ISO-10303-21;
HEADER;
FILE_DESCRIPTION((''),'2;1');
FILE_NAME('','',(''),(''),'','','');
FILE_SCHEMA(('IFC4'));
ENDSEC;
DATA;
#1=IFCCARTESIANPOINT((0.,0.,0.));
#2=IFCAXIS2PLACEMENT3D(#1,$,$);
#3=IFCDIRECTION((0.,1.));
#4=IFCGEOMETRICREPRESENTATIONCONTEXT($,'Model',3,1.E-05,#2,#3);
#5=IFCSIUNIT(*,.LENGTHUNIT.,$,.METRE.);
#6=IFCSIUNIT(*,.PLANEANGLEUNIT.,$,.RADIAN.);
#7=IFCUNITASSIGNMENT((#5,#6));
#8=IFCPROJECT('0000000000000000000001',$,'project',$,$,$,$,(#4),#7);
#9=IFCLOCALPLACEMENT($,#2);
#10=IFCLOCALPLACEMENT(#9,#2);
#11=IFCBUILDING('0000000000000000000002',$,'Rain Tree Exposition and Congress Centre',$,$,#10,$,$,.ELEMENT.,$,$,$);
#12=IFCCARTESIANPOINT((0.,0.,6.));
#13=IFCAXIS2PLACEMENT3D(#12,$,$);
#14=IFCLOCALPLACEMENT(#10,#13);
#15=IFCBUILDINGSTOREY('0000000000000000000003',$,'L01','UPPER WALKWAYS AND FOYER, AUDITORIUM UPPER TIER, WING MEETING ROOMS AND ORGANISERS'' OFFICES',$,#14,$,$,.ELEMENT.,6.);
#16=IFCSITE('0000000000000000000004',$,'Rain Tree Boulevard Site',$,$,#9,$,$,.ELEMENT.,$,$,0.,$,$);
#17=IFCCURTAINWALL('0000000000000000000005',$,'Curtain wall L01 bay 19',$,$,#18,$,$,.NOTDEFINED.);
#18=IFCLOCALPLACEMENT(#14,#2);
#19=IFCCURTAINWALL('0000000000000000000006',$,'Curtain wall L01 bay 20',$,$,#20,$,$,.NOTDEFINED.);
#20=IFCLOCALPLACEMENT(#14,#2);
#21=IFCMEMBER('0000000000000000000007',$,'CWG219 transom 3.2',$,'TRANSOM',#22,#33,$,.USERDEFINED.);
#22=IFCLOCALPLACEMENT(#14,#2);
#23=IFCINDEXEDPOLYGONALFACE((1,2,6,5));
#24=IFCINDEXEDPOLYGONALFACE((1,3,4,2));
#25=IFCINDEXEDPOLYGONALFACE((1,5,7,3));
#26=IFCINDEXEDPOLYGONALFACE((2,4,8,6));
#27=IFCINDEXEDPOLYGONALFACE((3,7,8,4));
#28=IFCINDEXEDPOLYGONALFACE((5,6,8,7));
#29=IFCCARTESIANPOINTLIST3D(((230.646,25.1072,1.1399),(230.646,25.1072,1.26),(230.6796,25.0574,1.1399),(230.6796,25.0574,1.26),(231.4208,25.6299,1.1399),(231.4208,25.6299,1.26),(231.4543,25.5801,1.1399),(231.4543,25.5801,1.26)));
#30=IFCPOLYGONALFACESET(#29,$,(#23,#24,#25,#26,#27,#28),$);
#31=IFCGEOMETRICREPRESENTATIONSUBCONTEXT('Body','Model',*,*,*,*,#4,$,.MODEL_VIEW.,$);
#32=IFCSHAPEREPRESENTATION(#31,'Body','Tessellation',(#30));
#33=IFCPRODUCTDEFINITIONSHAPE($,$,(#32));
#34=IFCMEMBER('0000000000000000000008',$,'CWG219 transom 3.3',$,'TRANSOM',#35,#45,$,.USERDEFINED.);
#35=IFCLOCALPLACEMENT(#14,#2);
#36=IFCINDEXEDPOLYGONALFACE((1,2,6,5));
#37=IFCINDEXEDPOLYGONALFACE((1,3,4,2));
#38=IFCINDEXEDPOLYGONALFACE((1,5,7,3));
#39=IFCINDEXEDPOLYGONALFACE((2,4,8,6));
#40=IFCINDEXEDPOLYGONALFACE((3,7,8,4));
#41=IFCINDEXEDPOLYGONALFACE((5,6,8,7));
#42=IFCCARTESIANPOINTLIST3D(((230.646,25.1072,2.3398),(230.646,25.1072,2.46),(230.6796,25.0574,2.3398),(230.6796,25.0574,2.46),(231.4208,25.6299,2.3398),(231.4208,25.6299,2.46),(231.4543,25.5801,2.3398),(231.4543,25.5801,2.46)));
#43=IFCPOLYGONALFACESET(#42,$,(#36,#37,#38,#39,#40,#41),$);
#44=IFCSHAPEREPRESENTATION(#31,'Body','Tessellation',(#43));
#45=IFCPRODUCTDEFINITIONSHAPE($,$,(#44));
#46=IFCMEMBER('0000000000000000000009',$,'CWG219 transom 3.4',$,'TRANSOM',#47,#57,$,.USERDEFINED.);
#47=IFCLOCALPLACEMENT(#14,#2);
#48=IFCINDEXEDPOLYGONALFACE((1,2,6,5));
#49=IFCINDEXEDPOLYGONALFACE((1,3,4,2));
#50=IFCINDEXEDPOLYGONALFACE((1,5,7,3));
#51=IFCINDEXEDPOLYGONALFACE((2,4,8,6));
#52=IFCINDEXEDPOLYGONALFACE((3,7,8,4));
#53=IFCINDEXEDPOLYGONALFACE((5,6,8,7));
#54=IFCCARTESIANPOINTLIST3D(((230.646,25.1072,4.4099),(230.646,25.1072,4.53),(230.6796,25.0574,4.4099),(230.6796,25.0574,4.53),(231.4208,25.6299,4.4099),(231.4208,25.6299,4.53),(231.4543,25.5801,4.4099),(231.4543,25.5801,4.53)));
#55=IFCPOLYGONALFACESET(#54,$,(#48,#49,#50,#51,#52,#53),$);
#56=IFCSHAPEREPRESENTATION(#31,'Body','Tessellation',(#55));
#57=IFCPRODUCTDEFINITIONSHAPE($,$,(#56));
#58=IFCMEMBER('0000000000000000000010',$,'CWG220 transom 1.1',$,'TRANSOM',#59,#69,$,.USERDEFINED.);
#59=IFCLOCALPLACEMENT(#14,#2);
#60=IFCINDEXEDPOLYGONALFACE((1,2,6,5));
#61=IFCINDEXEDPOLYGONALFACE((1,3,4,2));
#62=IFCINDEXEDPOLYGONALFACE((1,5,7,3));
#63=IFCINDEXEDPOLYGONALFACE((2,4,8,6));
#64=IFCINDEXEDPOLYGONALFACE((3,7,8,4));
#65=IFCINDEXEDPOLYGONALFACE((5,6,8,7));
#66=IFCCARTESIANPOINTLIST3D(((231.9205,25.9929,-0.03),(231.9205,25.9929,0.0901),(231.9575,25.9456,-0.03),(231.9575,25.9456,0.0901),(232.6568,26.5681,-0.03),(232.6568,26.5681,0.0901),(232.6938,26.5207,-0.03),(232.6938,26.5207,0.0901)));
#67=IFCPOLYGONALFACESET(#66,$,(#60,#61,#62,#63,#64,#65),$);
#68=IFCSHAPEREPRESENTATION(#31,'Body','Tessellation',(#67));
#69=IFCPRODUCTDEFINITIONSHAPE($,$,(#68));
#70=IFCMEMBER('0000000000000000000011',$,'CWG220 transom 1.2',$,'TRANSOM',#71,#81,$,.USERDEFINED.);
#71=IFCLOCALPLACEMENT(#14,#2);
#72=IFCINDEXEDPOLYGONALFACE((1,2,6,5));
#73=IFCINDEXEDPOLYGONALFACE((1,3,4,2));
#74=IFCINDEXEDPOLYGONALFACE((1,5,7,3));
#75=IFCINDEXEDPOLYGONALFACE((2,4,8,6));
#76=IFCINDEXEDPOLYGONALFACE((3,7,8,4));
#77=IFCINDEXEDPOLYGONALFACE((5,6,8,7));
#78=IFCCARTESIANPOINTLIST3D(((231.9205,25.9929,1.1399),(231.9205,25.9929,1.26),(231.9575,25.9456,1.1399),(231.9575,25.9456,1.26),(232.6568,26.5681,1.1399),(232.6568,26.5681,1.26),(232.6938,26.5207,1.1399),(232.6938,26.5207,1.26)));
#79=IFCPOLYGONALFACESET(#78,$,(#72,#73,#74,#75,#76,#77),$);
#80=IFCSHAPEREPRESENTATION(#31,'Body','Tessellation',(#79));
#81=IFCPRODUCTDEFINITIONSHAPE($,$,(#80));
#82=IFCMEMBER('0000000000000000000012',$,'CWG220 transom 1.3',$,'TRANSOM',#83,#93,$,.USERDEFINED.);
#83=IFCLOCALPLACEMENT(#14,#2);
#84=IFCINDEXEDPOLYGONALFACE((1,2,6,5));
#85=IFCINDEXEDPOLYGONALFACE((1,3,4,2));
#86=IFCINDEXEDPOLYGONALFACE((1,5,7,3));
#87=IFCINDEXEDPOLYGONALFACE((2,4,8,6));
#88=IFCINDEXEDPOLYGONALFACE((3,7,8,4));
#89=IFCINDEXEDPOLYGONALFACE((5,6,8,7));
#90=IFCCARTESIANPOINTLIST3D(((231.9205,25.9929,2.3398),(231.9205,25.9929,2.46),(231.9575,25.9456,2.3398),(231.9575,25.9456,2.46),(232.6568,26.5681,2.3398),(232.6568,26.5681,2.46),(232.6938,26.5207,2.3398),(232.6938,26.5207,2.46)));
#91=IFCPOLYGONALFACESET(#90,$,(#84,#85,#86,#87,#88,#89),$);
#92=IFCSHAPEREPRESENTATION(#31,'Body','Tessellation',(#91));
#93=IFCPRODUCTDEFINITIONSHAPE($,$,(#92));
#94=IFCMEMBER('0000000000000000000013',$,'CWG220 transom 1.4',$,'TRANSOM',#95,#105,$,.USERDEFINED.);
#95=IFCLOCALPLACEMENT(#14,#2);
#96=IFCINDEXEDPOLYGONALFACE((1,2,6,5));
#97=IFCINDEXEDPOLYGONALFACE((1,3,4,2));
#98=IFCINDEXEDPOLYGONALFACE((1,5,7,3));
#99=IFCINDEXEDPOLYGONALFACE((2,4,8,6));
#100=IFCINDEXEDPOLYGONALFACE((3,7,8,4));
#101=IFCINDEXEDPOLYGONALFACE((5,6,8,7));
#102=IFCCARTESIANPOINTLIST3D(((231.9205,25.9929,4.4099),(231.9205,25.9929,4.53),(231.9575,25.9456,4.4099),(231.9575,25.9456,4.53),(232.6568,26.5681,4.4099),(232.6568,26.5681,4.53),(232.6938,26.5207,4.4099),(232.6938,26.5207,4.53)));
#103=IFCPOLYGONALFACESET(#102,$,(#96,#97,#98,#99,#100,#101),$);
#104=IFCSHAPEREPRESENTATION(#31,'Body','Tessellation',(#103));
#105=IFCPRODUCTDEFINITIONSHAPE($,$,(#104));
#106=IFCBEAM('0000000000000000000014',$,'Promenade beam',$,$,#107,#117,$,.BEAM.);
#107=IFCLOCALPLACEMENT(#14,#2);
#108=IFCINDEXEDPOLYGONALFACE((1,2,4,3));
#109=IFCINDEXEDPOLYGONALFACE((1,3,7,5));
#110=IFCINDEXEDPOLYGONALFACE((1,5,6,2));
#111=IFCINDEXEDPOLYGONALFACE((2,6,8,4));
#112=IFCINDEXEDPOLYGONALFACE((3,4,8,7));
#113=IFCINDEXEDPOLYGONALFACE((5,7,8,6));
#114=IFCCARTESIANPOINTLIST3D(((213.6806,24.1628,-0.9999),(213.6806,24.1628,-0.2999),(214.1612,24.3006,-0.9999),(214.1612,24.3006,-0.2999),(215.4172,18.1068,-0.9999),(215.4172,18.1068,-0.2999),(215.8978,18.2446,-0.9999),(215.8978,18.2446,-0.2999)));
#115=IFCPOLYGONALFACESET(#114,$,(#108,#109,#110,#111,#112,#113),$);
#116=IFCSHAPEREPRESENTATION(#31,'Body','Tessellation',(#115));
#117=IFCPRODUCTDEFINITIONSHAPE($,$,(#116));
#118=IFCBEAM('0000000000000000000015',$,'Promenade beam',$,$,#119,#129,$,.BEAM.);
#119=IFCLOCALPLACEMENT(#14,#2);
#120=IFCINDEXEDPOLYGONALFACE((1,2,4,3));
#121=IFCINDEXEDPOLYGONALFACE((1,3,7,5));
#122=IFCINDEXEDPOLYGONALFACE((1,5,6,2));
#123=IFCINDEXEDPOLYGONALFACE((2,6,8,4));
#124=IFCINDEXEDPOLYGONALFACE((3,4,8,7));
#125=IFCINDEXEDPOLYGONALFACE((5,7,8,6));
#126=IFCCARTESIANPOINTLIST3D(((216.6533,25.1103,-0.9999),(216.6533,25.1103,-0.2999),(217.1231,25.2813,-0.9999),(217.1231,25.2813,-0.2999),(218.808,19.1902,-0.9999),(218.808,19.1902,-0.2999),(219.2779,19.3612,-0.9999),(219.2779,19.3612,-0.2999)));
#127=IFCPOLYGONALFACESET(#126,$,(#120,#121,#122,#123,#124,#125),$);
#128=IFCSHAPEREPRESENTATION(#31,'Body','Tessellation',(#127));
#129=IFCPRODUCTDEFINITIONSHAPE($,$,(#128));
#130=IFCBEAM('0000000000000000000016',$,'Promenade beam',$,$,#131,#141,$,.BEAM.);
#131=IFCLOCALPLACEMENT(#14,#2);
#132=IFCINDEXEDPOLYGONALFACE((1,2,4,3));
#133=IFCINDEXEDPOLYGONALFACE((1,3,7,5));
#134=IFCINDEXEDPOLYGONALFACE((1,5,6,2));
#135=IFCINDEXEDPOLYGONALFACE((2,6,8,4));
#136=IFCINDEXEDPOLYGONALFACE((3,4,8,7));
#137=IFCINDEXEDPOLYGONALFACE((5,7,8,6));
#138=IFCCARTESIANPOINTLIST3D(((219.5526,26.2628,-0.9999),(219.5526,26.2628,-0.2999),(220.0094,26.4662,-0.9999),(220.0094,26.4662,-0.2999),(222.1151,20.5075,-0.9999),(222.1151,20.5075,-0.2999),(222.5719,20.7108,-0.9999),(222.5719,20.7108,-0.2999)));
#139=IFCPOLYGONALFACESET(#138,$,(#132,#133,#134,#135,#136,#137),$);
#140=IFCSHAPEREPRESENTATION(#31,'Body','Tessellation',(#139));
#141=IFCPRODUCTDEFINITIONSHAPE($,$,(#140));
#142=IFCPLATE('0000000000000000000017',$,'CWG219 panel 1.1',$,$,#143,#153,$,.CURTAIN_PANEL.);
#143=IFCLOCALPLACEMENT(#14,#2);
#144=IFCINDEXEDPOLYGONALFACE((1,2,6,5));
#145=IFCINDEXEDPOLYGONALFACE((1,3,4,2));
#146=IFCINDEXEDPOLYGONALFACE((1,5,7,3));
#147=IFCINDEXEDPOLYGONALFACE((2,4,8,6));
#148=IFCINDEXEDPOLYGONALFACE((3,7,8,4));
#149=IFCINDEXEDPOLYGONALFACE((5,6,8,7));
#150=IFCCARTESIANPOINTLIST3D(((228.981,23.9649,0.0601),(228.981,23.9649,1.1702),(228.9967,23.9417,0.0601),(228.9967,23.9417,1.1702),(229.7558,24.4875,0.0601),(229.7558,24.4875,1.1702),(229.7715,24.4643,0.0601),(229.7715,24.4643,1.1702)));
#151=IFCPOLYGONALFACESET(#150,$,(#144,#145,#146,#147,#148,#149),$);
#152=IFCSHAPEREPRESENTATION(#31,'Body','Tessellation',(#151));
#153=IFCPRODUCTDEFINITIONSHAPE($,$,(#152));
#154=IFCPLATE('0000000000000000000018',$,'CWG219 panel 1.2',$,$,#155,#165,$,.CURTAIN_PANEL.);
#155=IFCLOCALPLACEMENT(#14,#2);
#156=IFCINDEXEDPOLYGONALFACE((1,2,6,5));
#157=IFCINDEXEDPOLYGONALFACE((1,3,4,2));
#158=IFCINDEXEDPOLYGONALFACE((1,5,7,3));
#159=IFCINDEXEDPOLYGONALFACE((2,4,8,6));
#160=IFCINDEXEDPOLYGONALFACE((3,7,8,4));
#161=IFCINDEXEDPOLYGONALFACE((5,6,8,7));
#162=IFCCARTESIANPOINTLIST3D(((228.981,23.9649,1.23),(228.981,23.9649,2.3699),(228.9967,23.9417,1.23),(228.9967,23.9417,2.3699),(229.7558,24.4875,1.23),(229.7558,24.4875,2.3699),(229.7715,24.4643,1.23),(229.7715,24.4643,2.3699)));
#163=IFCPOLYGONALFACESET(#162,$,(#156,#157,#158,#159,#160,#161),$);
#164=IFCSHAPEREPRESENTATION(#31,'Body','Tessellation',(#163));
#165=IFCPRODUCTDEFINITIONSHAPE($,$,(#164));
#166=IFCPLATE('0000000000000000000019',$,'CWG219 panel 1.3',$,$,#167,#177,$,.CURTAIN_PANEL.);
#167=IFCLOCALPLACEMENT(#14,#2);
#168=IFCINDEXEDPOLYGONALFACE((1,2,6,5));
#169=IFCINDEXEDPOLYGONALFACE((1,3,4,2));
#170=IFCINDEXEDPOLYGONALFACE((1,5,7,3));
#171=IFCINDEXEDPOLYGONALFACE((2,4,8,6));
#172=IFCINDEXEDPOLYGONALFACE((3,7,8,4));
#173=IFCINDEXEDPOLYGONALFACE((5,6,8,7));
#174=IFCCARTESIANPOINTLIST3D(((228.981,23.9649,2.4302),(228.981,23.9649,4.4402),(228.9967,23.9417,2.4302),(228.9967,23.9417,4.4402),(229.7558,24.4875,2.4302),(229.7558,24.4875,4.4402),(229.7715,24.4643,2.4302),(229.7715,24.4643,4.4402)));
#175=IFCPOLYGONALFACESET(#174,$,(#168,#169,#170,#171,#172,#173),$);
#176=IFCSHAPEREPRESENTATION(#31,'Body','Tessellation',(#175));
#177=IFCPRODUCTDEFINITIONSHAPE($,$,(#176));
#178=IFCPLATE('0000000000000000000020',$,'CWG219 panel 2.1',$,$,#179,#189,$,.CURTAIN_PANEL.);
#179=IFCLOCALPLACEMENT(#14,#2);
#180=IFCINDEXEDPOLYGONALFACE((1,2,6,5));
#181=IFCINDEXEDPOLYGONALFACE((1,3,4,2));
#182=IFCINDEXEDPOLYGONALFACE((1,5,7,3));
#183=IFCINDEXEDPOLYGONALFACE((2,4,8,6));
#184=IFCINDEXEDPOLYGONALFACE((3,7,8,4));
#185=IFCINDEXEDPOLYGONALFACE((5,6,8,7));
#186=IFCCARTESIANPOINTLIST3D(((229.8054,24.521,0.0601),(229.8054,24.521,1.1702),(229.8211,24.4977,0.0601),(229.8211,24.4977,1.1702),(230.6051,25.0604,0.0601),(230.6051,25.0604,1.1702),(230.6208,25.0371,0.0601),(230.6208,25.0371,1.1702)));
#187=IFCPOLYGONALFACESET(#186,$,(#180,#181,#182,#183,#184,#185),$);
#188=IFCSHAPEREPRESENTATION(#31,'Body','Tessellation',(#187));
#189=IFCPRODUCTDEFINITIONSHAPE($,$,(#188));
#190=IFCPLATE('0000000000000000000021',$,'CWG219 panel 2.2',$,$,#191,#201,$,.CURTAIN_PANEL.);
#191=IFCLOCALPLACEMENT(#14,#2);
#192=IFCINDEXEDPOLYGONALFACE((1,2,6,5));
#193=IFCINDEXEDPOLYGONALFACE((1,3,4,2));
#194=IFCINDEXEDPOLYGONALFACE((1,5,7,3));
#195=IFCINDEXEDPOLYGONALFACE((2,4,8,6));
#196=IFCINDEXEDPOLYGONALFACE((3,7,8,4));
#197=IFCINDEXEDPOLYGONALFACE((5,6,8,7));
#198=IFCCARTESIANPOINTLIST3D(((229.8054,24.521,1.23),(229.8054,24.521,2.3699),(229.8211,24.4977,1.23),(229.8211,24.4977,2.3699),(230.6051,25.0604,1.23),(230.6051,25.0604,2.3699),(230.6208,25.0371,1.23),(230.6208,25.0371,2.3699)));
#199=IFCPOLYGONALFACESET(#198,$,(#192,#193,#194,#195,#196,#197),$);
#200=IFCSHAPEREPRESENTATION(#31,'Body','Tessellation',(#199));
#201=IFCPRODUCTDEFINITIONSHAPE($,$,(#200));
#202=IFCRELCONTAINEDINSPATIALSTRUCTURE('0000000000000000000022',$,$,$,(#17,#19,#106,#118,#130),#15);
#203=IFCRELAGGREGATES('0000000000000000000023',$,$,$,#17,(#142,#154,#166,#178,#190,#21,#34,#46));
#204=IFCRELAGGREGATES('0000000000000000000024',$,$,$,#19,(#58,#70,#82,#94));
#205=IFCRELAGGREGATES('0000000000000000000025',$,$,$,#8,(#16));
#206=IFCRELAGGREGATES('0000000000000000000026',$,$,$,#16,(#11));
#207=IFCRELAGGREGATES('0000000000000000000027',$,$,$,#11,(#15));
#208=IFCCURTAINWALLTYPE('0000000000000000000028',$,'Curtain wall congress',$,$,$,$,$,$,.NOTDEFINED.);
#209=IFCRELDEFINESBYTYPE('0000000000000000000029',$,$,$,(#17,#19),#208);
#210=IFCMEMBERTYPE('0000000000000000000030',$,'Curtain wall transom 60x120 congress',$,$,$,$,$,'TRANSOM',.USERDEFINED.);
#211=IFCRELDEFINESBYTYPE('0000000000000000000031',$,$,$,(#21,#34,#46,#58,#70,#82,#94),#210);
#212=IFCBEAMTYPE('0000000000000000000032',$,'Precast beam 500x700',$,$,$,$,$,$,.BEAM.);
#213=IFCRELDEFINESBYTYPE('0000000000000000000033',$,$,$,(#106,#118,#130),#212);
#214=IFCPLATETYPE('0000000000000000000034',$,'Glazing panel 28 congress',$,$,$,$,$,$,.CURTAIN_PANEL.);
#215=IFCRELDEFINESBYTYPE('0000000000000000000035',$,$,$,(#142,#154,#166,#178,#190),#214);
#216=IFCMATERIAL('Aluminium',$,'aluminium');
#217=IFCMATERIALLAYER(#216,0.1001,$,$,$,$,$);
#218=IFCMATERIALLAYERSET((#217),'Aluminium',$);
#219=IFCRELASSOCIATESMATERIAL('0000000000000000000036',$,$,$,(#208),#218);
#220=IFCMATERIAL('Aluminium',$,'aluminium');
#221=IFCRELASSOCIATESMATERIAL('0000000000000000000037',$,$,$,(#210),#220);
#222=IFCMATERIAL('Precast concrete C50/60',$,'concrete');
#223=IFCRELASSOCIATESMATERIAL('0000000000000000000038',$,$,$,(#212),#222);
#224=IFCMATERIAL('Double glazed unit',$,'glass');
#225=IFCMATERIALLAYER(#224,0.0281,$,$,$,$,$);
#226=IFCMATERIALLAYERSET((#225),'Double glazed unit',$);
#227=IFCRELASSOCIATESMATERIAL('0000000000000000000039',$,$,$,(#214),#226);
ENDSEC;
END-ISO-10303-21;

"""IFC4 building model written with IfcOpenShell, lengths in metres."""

from ifc_helpers import new_model, si_unit, direction, frame, origin, origin_2d, place, context, subcontext, project, spatial, rectangle, extrude, material, layer, layer_set, material_profile, profile_set, type_object, element, aggregate, save


model = new_model("IFC4")

# Units and contexts
model_context = context("Model", 3, precision=1e-05, world=origin(), true_north=direction((0.0, 1.0)))
body_context = subcontext(model_context, "Body", "Model", "MODEL_VIEW")
ifc_project = project(units=[si_unit("LENGTHUNIT", "METRE"), si_unit("PLANEANGLEUNIT", "RADIAN")], contexts=[model_context])

# Site, building, storey
site_placement = place(None, origin())
site = spatial("IfcSite", under=ifc_project, at=site_placement, Name="Rain Tree Boulevard Site", CompositionType="ELEMENT", RefElevation=0.0)
building_placement = place(site_placement, origin())
building = spatial("IfcBuilding", under=site, at=building_placement, Name="Rain Tree Exposition and Congress Centre", CompositionType="ELEMENT")
storey_placement = place(building_placement, frame((0.0, 0.0, 6.0)))
storey = spatial("IfcBuildingStorey", under=building, at=storey_placement, Name="L01", Description="UPPER WALKWAYS AND FOYER, AUDITORIUM UPPER TIER, WING MEETING ROOMS AND ORGANISERS' OFFICES", CompositionType="ELEMENT", Elevation=6.0)

# Curtain walls
ifc_material_1 = material(Name="Aluminium", Category="aluminium")
ifc_layer_1 = layer(ifc_material_1, 0.1001)
ifc_layer_set_1 = layer_set([ifc_layer_1], Name="Aluminium")
curtain_wall_type = type_object("IfcCurtainWallType", Name="Curtain wall congress", PredefinedType="NOTDEFINED", material=ifc_layer_set_1)
curtain_wall_1_placement = place(storey_placement, origin())
curtain_wall_1 = element("IfcCurtainWall", 1, at=curtain_wall_1_placement, inside=storey, type_object=curtain_wall_type, Name="Curtain wall L01 bay 19", PredefinedType="NOTDEFINED")
curtain_wall_2_placement = place(storey_placement, origin())
curtain_wall_2 = element("IfcCurtainWall", 2, at=curtain_wall_2_placement, inside=storey, type_object=curtain_wall_type, Name="Curtain wall L01 bay 20", PredefinedType="NOTDEFINED")

# Members
ifc_material_2 = material(Name="Aluminium", Category="aluminium")
ifc_material_profile_1 = material_profile(ifc_material_2, rectangle(XDim=0.0601, YDim=0.1201, at=origin_2d()), Name="AL 60x120")
ifc_profile_set_1 = profile_set([ifc_material_profile_1], Name="Aluminium")
member_type_1 = type_object("IfcMemberType", Name="Curtain wall transom 60x120 congress", ElementType="TRANSOM", PredefinedType="USERDEFINED", material=ifc_profile_set_1)
member_1_placement = place(storey_placement, frame((230.6628, 25.0823, 1.2), z_axis=(0.828943, 0.559334, 0.0), x_axis=(-0.559334, 0.828943, 0.0)))
member_1 = element("IfcMember", 3, at=member_1_placement, type_object=member_type_1, Name="CWG219 transom 3.2", ObjectType="TRANSOM", PredefinedType="USERDEFINED", context=body_context, shape_type="SweptSolid", body=[
    extrude(rectangle(XDim=0.0601, YDim=0.1201, at=origin_2d()), origin(), (0.0, 0.0, 1.0), 0.9346),
])
member_2_placement = place(storey_placement, frame((230.6628, 25.0823, 2.3999), z_axis=(0.828943, 0.559334, 0.0), x_axis=(-0.559334, 0.828943, 0.0)))
member_2 = element("IfcMember", 4, at=member_2_placement, type_object=member_type_1, Name="CWG219 transom 3.3", ObjectType="TRANSOM", PredefinedType="USERDEFINED", context=body_context, shape_type="SweptSolid", body=[
    extrude(rectangle(XDim=0.0601, YDim=0.1201, at=origin_2d()), origin(), (0.0, 0.0, 1.0), 0.9346),
])
member_3_placement = place(storey_placement, frame((230.6628, 25.0823, 4.47), z_axis=(0.828943, 0.559334, 0.0), x_axis=(-0.559334, 0.828943, 0.0)))
member_3 = element("IfcMember", 5, at=member_3_placement, type_object=member_type_1, Name="CWG219 transom 3.4", ObjectType="TRANSOM", PredefinedType="USERDEFINED", context=body_context, shape_type="SweptSolid", body=[
    extrude(rectangle(XDim=0.0601, YDim=0.1201, at=origin_2d()), origin(), (0.0, 0.0, 1.0), 0.9346),
])
member_4_placement = place(storey_placement, frame((231.939, 25.9692, 0.03), z_axis=(0.788056, 0.615603, 0.0), x_axis=(-0.615603, 0.788056, 0.0)))
member_4 = element("IfcMember", 6, at=member_4_placement, type_object=member_type_1, Name="CWG220 transom 1.1", ObjectType="TRANSOM", PredefinedType="USERDEFINED", context=body_context, shape_type="SweptSolid", body=[
    extrude(rectangle(XDim=0.0601, YDim=0.1201, at=origin_2d()), origin(), (0.0, 0.0, 1.0), 0.9343),
])
member_5_placement = place(storey_placement, frame((231.939, 25.9692, 1.2), z_axis=(0.788056, 0.615603, 0.0), x_axis=(-0.615603, 0.788056, 0.0)))
member_5 = element("IfcMember", 7, at=member_5_placement, type_object=member_type_1, Name="CWG220 transom 1.2", ObjectType="TRANSOM", PredefinedType="USERDEFINED", context=body_context, shape_type="SweptSolid", body=[
    extrude(rectangle(XDim=0.0601, YDim=0.1201, at=origin_2d()), origin(), (0.0, 0.0, 1.0), 0.9343),
])
member_6_placement = place(storey_placement, frame((231.939, 25.9692, 2.3999), z_axis=(0.788056, 0.615603, 0.0), x_axis=(-0.615603, 0.788056, 0.0)))
member_6 = element("IfcMember", 8, at=member_6_placement, type_object=member_type_1, Name="CWG220 transom 1.3", ObjectType="TRANSOM", PredefinedType="USERDEFINED", context=body_context, shape_type="SweptSolid", body=[
    extrude(rectangle(XDim=0.0601, YDim=0.1201, at=origin_2d()), origin(), (0.0, 0.0, 1.0), 0.9343),
])
member_7_placement = place(storey_placement, frame((231.939, 25.9692, 4.47), z_axis=(0.788056, 0.615603, 0.0), x_axis=(-0.615603, 0.788056, 0.0)))
member_7 = element("IfcMember", 9, at=member_7_placement, type_object=member_type_1, Name="CWG220 transom 1.4", ObjectType="TRANSOM", PredefinedType="USERDEFINED", context=body_context, shape_type="SweptSolid", body=[
    extrude(rectangle(XDim=0.0601, YDim=0.1201, at=origin_2d()), origin(), (0.0, 0.0, 1.0), 0.9343),
])

# Beams
ifc_material_3 = material(Name="Precast concrete C50/60", Category="concrete")
ifc_material_profile_2 = material_profile(ifc_material_3, rectangle(XDim=0.5, YDim=0.7, at=origin_2d()), Name="RC 500x700")
ifc_profile_set_2 = profile_set([ifc_material_profile_2], Name="Precast concrete C50/60")
beam_type = type_object("IfcBeamType", Name="Precast beam 500x700", PredefinedType="BEAM", material=ifc_profile_set_2)
for number, where, z_axis, x_axis, name in (
    (10, (213.9209, 24.2317, -0.6499), (0.275647, -0.961259, 0.0), (0.961259, 0.275647, 0.0), "Promenade beam"),
    (11, (216.8882, 25.1958, -0.6499), (0.342023, -0.939692, 0.0), (0.939692, 0.342023, 0.0), "Promenade beam"),
    (12, (219.781, 26.3645, -0.6499), (0.406742, -0.913543, 0.0), (0.913543, 0.406742, 0.0), "Promenade beam"),
):
    element("IfcBeam", number, at=place(storey_placement, frame(where, z_axis=z_axis, x_axis=x_axis)), inside=storey, type_object=beam_type, Name=name, PredefinedType="BEAM", context=body_context, shape_type="SweptSolid", body=[
        extrude(rectangle(XDim=0.5, YDim=0.7, at=origin_2d()), origin(), (0.0, 0.0, 1.0), 6.3),
    ])

# Plates
ifc_material_4 = material(Name="Double glazed unit", Category="glass")
ifc_layer_2 = layer(ifc_material_4, 0.0281)
ifc_layer_set_2 = layer_set([ifc_layer_2], Name="Double glazed unit")
plate_type = type_object("IfcPlateType", Name="Glazing panel 28 congress", PredefinedType="CURTAIN_PANEL", material=ifc_layer_set_2)
plate_1_placement = place(storey_placement, frame((229.3762, 24.2146, 0.0601), z_axis=(0.0, 0.0, 1.0), x_axis=(0.829035, 0.559197, 0.0)))
plate_1 = element("IfcPlate", 13, at=plate_1_placement, type_object=plate_type, Name="CWG219 panel 1.1", PredefinedType="CURTAIN_PANEL", context=body_context, shape_type="SweptSolid", body=[
    extrude(rectangle(XDim=0.9346, YDim=0.0281, at=origin_2d()), origin(), (0.0, 0.0, 1.0), 1.1101),
])
plate_2_placement = place(storey_placement, frame((229.3762, 24.2146, 1.23), z_axis=(0.0, 0.0, 1.0), x_axis=(0.829035, 0.559197, 0.0)))
plate_2 = element("IfcPlate", 14, at=plate_2_placement, type_object=plate_type, Name="CWG219 panel 1.2", PredefinedType="CURTAIN_PANEL", context=body_context, shape_type="SweptSolid", body=[
    extrude(rectangle(XDim=0.9346, YDim=0.0281, at=origin_2d()), origin(), (0.0, 0.0, 1.0), 1.1399),
])
plate_3_placement = place(storey_placement, frame((229.3762, 24.2146, 2.4302), z_axis=(0.0, 0.0, 1.0), x_axis=(0.829035, 0.559197, 0.0)))
plate_3 = element("IfcPlate", 15, at=plate_3_placement, type_object=plate_type, Name="CWG219 panel 1.3", PredefinedType="CURTAIN_PANEL", context=body_context, shape_type="SweptSolid", body=[
    extrude(rectangle(XDim=0.9346, YDim=0.0281, at=origin_2d()), origin(), (0.0, 0.0, 1.0), 2.01),
])
plate_4_placement = place(storey_placement, frame((230.2131, 24.7791, 0.0601), z_axis=(0.0, 0.0, 1.0), x_axis=(0.829035, 0.559197, 0.0)))
plate_4 = element("IfcPlate", 16, at=plate_4_placement, type_object=plate_type, Name="CWG219 panel 2.1", PredefinedType="CURTAIN_PANEL", context=body_context, shape_type="SweptSolid", body=[
    extrude(rectangle(XDim=0.9646, YDim=0.0281, at=origin_2d()), origin(), (0.0, 0.0, 1.0), 1.1101),
])
plate_5_placement = place(storey_placement, frame((230.2131, 24.7791, 1.23), z_axis=(0.0, 0.0, 1.0), x_axis=(0.829035, 0.559197, 0.0)))
plate_5 = element("IfcPlate", 17, at=plate_5_placement, type_object=plate_type, Name="CWG219 panel 2.2", PredefinedType="CURTAIN_PANEL", context=body_context, shape_type="SweptSolid", body=[
    extrude(rectangle(XDim=0.9646, YDim=0.0281, at=origin_2d()), origin(), (0.0, 0.0, 1.0), 1.1399),
])
aggregate(curtain_wall_1, [plate_1, plate_2, plate_3, plate_4, plate_5, member_1, member_2, member_3])
aggregate(curtain_wall_2, [member_4, member_5, member_6, member_7])

save(model, "model.ifc")
